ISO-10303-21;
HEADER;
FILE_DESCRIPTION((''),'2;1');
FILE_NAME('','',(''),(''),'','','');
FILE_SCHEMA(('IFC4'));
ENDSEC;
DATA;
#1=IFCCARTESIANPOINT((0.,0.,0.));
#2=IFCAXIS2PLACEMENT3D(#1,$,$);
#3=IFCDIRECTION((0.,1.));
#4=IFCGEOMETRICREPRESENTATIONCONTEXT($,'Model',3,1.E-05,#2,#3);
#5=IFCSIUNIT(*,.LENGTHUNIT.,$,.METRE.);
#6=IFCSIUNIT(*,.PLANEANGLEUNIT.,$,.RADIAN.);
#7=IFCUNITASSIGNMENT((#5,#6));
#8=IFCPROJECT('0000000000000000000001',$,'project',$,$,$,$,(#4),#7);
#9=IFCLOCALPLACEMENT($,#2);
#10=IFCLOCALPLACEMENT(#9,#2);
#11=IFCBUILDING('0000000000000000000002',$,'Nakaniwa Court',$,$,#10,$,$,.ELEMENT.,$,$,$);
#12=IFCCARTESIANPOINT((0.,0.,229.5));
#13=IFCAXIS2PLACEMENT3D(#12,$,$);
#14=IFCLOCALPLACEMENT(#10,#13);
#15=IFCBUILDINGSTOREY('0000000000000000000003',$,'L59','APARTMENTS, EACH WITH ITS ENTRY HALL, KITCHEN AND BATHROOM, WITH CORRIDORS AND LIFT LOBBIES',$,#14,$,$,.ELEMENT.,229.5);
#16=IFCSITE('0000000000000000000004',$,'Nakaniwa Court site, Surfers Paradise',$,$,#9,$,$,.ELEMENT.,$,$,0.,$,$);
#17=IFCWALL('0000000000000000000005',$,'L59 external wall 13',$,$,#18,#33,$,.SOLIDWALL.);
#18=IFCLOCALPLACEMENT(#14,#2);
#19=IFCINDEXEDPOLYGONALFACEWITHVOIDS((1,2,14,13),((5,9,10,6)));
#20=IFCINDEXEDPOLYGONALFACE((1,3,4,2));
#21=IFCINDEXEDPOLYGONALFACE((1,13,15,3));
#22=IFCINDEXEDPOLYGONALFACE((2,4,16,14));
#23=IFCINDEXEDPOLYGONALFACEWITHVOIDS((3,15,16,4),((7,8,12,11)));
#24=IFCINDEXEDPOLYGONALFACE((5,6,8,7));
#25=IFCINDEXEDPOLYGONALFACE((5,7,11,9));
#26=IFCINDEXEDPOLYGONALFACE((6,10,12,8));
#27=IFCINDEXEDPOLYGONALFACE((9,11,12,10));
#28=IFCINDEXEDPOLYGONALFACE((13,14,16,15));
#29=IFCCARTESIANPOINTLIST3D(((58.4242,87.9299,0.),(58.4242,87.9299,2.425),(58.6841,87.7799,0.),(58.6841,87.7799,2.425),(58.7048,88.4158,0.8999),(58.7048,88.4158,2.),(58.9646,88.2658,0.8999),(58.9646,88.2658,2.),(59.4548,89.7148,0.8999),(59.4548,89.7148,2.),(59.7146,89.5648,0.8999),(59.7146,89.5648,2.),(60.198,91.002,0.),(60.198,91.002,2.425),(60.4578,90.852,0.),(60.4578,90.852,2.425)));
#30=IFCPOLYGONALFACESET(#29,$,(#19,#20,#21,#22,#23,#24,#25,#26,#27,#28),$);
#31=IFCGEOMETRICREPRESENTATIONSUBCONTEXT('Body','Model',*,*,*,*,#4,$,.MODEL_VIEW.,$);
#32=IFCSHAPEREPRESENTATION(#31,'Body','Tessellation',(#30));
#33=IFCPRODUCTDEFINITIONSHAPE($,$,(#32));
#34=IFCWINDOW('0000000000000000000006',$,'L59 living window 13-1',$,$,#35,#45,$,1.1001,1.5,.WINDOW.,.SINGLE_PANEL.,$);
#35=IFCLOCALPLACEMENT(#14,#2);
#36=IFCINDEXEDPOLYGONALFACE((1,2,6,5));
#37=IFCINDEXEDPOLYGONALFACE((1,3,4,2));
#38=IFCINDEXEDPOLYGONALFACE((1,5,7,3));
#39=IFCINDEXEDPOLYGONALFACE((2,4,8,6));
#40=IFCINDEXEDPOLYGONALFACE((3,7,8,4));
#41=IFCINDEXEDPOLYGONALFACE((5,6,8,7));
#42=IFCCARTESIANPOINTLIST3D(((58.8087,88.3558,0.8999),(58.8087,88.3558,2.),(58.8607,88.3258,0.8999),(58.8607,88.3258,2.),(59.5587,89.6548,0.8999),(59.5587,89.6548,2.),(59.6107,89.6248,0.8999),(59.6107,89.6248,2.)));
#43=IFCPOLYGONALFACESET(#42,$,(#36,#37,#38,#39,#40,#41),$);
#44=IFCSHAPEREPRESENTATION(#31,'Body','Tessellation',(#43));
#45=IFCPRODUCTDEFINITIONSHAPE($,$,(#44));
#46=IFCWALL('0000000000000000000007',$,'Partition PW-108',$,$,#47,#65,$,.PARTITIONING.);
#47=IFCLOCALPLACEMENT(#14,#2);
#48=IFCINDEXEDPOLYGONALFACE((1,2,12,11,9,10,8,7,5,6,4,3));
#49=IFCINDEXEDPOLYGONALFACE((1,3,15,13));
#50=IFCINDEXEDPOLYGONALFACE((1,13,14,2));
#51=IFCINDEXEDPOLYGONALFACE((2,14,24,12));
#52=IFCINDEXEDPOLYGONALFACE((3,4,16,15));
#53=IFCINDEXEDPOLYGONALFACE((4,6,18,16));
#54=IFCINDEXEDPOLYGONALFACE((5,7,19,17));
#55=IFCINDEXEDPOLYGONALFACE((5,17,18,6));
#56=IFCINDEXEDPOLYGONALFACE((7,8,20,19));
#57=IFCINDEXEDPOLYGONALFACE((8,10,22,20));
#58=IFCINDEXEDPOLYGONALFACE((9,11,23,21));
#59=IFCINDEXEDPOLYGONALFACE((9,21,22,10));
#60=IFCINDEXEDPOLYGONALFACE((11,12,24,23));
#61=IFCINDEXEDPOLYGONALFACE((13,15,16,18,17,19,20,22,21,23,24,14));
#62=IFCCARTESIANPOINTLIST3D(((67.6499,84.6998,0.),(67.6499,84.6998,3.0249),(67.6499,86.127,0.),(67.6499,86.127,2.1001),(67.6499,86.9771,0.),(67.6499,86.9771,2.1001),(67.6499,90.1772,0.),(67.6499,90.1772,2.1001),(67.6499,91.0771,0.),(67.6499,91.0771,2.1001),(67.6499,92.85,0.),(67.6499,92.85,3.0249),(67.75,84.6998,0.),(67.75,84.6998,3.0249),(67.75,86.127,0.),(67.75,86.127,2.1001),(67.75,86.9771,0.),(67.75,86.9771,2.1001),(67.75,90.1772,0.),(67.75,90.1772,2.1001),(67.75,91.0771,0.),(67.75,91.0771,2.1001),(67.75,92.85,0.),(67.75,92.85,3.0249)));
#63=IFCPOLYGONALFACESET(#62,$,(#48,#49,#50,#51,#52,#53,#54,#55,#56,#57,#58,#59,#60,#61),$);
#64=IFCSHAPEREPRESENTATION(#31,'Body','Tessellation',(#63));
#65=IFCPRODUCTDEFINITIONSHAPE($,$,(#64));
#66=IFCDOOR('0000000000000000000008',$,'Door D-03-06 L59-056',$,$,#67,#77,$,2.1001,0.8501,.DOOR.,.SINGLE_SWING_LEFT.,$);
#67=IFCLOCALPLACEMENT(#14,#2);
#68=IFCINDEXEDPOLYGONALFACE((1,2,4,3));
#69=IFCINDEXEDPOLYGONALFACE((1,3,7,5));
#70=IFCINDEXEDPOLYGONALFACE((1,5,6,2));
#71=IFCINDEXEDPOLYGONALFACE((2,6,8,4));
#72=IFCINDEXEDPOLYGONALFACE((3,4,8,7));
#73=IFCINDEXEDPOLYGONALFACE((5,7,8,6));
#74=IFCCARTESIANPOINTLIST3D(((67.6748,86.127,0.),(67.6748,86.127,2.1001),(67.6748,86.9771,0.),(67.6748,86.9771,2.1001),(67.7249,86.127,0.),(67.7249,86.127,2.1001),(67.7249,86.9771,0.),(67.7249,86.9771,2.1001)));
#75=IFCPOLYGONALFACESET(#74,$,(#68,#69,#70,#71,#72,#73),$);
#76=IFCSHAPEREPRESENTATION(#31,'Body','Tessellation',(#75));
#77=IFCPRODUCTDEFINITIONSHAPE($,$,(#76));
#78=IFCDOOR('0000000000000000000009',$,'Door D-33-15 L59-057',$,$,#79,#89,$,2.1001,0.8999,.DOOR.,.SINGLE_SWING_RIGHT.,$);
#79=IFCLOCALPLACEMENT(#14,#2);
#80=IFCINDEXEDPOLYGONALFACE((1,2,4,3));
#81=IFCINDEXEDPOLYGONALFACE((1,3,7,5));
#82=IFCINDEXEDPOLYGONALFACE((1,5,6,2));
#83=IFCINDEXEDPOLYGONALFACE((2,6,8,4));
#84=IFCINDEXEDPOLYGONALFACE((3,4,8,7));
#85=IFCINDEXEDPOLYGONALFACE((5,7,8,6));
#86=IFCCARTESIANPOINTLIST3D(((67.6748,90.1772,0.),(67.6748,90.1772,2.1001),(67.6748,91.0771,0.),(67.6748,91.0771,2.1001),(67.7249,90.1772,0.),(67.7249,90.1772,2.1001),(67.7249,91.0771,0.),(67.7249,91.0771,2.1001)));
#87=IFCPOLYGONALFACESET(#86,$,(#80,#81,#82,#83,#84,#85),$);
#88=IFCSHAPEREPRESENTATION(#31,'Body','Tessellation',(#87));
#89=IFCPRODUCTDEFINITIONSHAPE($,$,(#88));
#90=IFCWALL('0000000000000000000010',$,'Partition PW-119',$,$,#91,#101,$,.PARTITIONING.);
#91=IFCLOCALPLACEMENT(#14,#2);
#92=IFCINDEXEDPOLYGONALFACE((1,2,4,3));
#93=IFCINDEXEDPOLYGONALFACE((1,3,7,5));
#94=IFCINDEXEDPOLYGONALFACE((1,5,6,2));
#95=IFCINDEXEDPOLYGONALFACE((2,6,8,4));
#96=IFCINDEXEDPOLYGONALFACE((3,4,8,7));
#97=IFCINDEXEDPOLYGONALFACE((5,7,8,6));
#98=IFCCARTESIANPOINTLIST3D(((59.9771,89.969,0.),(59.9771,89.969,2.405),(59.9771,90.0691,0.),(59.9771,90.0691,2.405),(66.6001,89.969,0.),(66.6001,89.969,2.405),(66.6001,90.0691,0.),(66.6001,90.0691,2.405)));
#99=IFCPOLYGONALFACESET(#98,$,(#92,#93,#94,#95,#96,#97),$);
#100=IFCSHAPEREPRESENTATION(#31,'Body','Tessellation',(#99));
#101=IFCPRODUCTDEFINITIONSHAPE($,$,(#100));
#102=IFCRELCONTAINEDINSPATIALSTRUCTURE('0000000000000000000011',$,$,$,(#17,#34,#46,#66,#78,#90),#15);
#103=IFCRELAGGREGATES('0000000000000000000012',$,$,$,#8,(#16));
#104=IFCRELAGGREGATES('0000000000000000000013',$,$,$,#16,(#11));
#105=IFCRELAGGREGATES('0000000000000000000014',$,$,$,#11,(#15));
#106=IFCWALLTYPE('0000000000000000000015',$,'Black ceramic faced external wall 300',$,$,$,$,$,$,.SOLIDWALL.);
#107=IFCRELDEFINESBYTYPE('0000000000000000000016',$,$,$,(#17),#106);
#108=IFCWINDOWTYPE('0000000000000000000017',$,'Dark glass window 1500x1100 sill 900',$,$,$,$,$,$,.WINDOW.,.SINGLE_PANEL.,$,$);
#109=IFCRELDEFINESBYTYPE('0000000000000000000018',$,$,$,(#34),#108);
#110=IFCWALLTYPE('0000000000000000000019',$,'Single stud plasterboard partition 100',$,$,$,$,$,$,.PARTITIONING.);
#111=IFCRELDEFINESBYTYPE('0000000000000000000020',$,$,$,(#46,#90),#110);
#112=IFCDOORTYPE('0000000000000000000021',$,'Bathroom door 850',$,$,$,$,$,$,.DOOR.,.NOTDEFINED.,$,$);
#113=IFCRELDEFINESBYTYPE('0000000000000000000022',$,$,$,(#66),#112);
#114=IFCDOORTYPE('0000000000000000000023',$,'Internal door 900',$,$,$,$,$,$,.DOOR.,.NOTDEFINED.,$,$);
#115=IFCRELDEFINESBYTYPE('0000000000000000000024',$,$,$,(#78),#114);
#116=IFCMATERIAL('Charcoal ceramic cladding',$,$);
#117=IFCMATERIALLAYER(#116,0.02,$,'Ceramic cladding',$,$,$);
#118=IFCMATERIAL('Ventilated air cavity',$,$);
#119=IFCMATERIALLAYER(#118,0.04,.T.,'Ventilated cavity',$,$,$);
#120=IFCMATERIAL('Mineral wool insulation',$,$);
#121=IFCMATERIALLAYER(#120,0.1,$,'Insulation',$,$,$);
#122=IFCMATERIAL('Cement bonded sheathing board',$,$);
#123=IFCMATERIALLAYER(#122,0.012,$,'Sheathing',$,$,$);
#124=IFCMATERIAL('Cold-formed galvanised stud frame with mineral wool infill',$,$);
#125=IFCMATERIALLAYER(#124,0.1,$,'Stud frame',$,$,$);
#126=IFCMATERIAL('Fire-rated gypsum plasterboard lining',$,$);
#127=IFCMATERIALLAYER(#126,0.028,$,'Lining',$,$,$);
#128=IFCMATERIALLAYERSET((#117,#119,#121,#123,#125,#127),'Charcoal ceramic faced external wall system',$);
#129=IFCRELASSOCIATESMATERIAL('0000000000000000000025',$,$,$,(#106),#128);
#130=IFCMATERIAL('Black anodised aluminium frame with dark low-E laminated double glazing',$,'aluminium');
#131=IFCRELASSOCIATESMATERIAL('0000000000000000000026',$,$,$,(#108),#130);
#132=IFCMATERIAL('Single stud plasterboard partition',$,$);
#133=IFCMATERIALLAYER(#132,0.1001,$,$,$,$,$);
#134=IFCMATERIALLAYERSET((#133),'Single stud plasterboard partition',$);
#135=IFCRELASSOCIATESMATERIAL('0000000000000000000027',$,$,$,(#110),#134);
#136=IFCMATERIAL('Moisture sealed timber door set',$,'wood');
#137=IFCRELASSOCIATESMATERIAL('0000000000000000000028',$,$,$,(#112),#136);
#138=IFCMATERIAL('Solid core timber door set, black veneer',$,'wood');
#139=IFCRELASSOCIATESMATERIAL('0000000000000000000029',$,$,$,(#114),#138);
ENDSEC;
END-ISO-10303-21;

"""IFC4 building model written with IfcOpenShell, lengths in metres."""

from ifc_helpers import new_model, si_unit, direction, frame, frame_2d, origin, place, context, subcontext, project, spatial, rectangle, extrude, material, layer, layer_set, type_object, element, fill, save


model = new_model("IFC4")

# Units and contexts
model_context = context("Model", 3, precision=1e-05, world=origin(), true_north=direction((0.0, 1.0)))
body_context = subcontext(model_context, "Body", "Model", "MODEL_VIEW")
ifc_project = project(units=[si_unit("LENGTHUNIT", "METRE"), si_unit("PLANEANGLEUNIT", "RADIAN")], contexts=[model_context])

# Site, building, storey
site_placement = place(None, origin())
site = spatial("IfcSite", under=ifc_project, at=site_placement, Name="Nakaniwa Court site, Surfers Paradise", CompositionType="ELEMENT", RefElevation=0.0)
building_placement = place(site_placement, origin())
building = spatial("IfcBuilding", under=site, at=building_placement, Name="Nakaniwa Court", CompositionType="ELEMENT")
storey_placement = place(building_placement, frame((0.0, 0.0, 229.5)))
storey = spatial("IfcBuildingStorey", under=building, at=storey_placement, Name="L59", Description="APARTMENTS, EACH WITH ITS ENTRY HALL, KITCHEN AND BATHROOM, WITH CORRIDORS AND LIFT LOBBIES", CompositionType="ELEMENT", Elevation=229.5)

# Shared definitions
ifc_material_1 = material(Name="Charcoal ceramic cladding")
ifc_layer_1 = layer(ifc_material_1, 0.02, Name="Ceramic cladding")
ifc_material_2 = material(Name="Ventilated air cavity")
ifc_layer_2 = layer(ifc_material_2, 0.04, ventilated=True, Name="Ventilated cavity")
ifc_material_3 = material(Name="Mineral wool insulation")
ifc_layer_3 = layer(ifc_material_3, 0.1, Name="Insulation")
ifc_material_4 = material(Name="Cement bonded sheathing board")
ifc_layer_4 = layer(ifc_material_4, 0.012, Name="Sheathing")
ifc_material_5 = material(Name="Cold-formed galvanised stud frame with mineral wool infill")
ifc_layer_5 = layer(ifc_material_5, 0.1, Name="Stud frame")
ifc_material_6 = material(Name="Fire-rated gypsum plasterboard lining")
ifc_layer_6 = layer(ifc_material_6, 0.028, Name="Lining")
ifc_layer_set_1 = layer_set([ifc_layer_1, ifc_layer_2, ifc_layer_3, ifc_layer_4, ifc_layer_5, ifc_layer_6], Name="Charcoal ceramic faced external wall system")
wall_type_1 = type_object("IfcWallType", Name="Black ceramic faced external wall 300", PredefinedType="SOLIDWALL", material=ifc_layer_set_1)
ifc_material_7 = material(Name="Black anodised aluminium frame with dark low-E laminated double glazing", Category="aluminium")

# Wall, opening, window
wall_1_placement = place(storey_placement, frame((60.3279, 90.927, 0.0), z_axis=(0.0, 0.0, 1.0), x_axis=(-0.50001, -0.866019, 0.0)))
wall_1 = element("IfcWall", 1, at=wall_1_placement, inside=storey, type_object=wall_type_1, Name="L59 external wall 13", PredefinedType="SOLIDWALL", context=body_context, shape_type="SweptSolid", body=[
    extrude(rectangle(XDim=3.5474, YDim=0.3, at=frame_2d((1.7737, 0.0))), origin(), (0.0, 0.0, 1.0), 2.425),
])
opening_1_placement = place(wall_1_placement, frame((1.4863, 0.0, 0.8999)))
opening_1 = element("IfcOpeningElement", 2, at=opening_1_placement, cuts=wall_1, PredefinedType="OPENING", context=body_context, shape_type="SweptSolid", body=[
    extrude(rectangle(XDim=1.5, YDim=1.1001, at=frame_2d((0.75, 0.55))), frame((0.0, 0.1599, 0.0), z_axis=(0.0, -1.0, 0.0), x_axis=(1.0, 0.0, 0.0)), (0.0, 0.0, 1.0), 0.3201),
])
window_type_1 = type_object("IfcWindowType", Name="Dark glass window 1500x1100 sill 900", PartitioningType="SINGLE_PANEL", PredefinedType="WINDOW", material=ifc_material_7)
window_1_placement = place(opening_1_placement, origin())
window_1 = element("IfcWindow", 3, at=window_1_placement, inside=storey, type_object=window_type_1, Name="L59 living window 13-1", OverallHeight=1.1001, OverallWidth=1.5, PartitioningType="SINGLE_PANEL", PredefinedType="WINDOW", context=body_context, shape_type="SweptSolid", body=[
    extrude(rectangle(XDim=1.5, YDim=1.1001, at=frame_2d((0.75, 0.55))), frame((0.0, 0.03, 0.0), z_axis=(0.0, -1.0, 0.0), x_axis=(1.0, 0.0, 0.0)), (0.0, 0.0, 1.0), 0.0601),
])
fill(opening_1, window_1)

# Wall, openings, doors
ifc_material_8 = material(Name="Single stud plasterboard partition")
ifc_layer_7 = layer(ifc_material_8, 0.1001)
ifc_layer_set_2 = layer_set([ifc_layer_7], Name="Single stud plasterboard partition")
wall_type_2 = type_object("IfcWallType", Name="Single stud plasterboard partition 100", PredefinedType="PARTITIONING", material=ifc_layer_set_2)
wall_2_placement = place(storey_placement, frame((67.7, 92.8501, 0.0), z_axis=(0.0, 0.0, 1.0), x_axis=(0.0, -1.0, 0.0)))
wall_2 = element("IfcWall", 4, at=wall_2_placement, inside=storey, type_object=wall_type_2, Name="Partition PW-108", PredefinedType="PARTITIONING", context=body_context, shape_type="SweptSolid", body=[
    extrude(rectangle(XDim=8.1501, YDim=0.1001, at=frame_2d((4.0752, 0.0))), origin(), (0.0, 0.0, 1.0), 3.0249),
])
opening_2_placement = place(wall_2_placement, frame((5.873, 0.0, 0.0)))
opening_2 = element("IfcOpeningElement", 5, at=opening_2_placement, cuts=wall_2, PredefinedType="OPENING", context=body_context, shape_type="SweptSolid", body=[
    extrude(rectangle(XDim=0.8501, YDim=2.1001, at=frame_2d((0.425, 1.05))), frame((0.0, 0.0601, 0.0), z_axis=(0.0, -1.0, 0.0), x_axis=(1.0, 0.0, 0.0)), (0.0, 0.0, 1.0), 0.1201),
])
opening_3_placement = place(wall_2_placement, frame((1.7729, 0.0, 0.0)))
opening_3 = element("IfcOpeningElement", 6, at=opening_3_placement, cuts=wall_2, PredefinedType="OPENING", context=body_context, shape_type="SweptSolid", body=[
    extrude(rectangle(XDim=0.8999, YDim=2.1001, at=frame_2d((0.45, 1.05))), frame((0.0, 0.0601, 0.0), z_axis=(0.0, -1.0, 0.0), x_axis=(1.0, 0.0, 0.0)), (0.0, 0.0, 1.0), 0.1201),
])
ifc_material_9 = material(Name="Moisture sealed timber door set", Category="wood")
door_type_1 = type_object("IfcDoorType", Name="Bathroom door 850", OperationType="NOTDEFINED", PredefinedType="DOOR", material=ifc_material_9)
door_1_placement = place(opening_2_placement, origin())
door_1 = element("IfcDoor", 7, at=door_1_placement, inside=storey, type_object=door_type_1, Name="Door D-03-06 L59-056", OperationType="SINGLE_SWING_LEFT", OverallHeight=2.1001, OverallWidth=0.8501, PredefinedType="DOOR", context=body_context, shape_type="SweptSolid", body=[
    extrude(rectangle(XDim=0.8501, YDim=2.1001, at=frame_2d((0.425, 1.05))), frame((0.0, 0.0249, 0.0), z_axis=(0.0, -1.0, 0.0), x_axis=(1.0, 0.0, 0.0)), (0.0, 0.0, 1.0), 0.05),
])
fill(opening_2, door_1)
ifc_material_10 = material(Name="Solid core timber door set, black veneer", Category="wood")
door_type_2 = type_object("IfcDoorType", Name="Internal door 900", OperationType="NOTDEFINED", PredefinedType="DOOR", material=ifc_material_10)
door_2_placement = place(opening_3_placement, origin())
door_2 = element("IfcDoor", 8, at=door_2_placement, inside=storey, type_object=door_type_2, Name="Door D-33-15 L59-057", OperationType="SINGLE_SWING_RIGHT", OverallHeight=2.1001, OverallWidth=0.8999, PredefinedType="DOOR", context=body_context, shape_type="SweptSolid", body=[
    extrude(rectangle(XDim=0.8999, YDim=2.1001, at=frame_2d((0.45, 1.05))), frame((0.0, 0.0249, 0.0), z_axis=(0.0, -1.0, 0.0), x_axis=(1.0, 0.0, 0.0)), (0.0, 0.0, 1.0), 0.05),
])
fill(opening_3, door_2)

# Wall
wall_3_placement = place(storey_placement, frame((59.9771, 90.019, 0.0), z_axis=(0.0, 0.0, 1.0), x_axis=(1.0, 0.0, 0.0)))
element("IfcWall", 9, at=wall_3_placement, inside=storey, type_object=wall_type_2, Name="Partition PW-119", PredefinedType="PARTITIONING", context=body_context, shape_type="SweptSolid", body=[
    extrude(rectangle(XDim=6.623, YDim=0.1001, at=frame_2d((3.3115, 0.0))), origin(), (0.0, 0.0, 1.0), 2.405),
])

save(model, "model.ifc")
